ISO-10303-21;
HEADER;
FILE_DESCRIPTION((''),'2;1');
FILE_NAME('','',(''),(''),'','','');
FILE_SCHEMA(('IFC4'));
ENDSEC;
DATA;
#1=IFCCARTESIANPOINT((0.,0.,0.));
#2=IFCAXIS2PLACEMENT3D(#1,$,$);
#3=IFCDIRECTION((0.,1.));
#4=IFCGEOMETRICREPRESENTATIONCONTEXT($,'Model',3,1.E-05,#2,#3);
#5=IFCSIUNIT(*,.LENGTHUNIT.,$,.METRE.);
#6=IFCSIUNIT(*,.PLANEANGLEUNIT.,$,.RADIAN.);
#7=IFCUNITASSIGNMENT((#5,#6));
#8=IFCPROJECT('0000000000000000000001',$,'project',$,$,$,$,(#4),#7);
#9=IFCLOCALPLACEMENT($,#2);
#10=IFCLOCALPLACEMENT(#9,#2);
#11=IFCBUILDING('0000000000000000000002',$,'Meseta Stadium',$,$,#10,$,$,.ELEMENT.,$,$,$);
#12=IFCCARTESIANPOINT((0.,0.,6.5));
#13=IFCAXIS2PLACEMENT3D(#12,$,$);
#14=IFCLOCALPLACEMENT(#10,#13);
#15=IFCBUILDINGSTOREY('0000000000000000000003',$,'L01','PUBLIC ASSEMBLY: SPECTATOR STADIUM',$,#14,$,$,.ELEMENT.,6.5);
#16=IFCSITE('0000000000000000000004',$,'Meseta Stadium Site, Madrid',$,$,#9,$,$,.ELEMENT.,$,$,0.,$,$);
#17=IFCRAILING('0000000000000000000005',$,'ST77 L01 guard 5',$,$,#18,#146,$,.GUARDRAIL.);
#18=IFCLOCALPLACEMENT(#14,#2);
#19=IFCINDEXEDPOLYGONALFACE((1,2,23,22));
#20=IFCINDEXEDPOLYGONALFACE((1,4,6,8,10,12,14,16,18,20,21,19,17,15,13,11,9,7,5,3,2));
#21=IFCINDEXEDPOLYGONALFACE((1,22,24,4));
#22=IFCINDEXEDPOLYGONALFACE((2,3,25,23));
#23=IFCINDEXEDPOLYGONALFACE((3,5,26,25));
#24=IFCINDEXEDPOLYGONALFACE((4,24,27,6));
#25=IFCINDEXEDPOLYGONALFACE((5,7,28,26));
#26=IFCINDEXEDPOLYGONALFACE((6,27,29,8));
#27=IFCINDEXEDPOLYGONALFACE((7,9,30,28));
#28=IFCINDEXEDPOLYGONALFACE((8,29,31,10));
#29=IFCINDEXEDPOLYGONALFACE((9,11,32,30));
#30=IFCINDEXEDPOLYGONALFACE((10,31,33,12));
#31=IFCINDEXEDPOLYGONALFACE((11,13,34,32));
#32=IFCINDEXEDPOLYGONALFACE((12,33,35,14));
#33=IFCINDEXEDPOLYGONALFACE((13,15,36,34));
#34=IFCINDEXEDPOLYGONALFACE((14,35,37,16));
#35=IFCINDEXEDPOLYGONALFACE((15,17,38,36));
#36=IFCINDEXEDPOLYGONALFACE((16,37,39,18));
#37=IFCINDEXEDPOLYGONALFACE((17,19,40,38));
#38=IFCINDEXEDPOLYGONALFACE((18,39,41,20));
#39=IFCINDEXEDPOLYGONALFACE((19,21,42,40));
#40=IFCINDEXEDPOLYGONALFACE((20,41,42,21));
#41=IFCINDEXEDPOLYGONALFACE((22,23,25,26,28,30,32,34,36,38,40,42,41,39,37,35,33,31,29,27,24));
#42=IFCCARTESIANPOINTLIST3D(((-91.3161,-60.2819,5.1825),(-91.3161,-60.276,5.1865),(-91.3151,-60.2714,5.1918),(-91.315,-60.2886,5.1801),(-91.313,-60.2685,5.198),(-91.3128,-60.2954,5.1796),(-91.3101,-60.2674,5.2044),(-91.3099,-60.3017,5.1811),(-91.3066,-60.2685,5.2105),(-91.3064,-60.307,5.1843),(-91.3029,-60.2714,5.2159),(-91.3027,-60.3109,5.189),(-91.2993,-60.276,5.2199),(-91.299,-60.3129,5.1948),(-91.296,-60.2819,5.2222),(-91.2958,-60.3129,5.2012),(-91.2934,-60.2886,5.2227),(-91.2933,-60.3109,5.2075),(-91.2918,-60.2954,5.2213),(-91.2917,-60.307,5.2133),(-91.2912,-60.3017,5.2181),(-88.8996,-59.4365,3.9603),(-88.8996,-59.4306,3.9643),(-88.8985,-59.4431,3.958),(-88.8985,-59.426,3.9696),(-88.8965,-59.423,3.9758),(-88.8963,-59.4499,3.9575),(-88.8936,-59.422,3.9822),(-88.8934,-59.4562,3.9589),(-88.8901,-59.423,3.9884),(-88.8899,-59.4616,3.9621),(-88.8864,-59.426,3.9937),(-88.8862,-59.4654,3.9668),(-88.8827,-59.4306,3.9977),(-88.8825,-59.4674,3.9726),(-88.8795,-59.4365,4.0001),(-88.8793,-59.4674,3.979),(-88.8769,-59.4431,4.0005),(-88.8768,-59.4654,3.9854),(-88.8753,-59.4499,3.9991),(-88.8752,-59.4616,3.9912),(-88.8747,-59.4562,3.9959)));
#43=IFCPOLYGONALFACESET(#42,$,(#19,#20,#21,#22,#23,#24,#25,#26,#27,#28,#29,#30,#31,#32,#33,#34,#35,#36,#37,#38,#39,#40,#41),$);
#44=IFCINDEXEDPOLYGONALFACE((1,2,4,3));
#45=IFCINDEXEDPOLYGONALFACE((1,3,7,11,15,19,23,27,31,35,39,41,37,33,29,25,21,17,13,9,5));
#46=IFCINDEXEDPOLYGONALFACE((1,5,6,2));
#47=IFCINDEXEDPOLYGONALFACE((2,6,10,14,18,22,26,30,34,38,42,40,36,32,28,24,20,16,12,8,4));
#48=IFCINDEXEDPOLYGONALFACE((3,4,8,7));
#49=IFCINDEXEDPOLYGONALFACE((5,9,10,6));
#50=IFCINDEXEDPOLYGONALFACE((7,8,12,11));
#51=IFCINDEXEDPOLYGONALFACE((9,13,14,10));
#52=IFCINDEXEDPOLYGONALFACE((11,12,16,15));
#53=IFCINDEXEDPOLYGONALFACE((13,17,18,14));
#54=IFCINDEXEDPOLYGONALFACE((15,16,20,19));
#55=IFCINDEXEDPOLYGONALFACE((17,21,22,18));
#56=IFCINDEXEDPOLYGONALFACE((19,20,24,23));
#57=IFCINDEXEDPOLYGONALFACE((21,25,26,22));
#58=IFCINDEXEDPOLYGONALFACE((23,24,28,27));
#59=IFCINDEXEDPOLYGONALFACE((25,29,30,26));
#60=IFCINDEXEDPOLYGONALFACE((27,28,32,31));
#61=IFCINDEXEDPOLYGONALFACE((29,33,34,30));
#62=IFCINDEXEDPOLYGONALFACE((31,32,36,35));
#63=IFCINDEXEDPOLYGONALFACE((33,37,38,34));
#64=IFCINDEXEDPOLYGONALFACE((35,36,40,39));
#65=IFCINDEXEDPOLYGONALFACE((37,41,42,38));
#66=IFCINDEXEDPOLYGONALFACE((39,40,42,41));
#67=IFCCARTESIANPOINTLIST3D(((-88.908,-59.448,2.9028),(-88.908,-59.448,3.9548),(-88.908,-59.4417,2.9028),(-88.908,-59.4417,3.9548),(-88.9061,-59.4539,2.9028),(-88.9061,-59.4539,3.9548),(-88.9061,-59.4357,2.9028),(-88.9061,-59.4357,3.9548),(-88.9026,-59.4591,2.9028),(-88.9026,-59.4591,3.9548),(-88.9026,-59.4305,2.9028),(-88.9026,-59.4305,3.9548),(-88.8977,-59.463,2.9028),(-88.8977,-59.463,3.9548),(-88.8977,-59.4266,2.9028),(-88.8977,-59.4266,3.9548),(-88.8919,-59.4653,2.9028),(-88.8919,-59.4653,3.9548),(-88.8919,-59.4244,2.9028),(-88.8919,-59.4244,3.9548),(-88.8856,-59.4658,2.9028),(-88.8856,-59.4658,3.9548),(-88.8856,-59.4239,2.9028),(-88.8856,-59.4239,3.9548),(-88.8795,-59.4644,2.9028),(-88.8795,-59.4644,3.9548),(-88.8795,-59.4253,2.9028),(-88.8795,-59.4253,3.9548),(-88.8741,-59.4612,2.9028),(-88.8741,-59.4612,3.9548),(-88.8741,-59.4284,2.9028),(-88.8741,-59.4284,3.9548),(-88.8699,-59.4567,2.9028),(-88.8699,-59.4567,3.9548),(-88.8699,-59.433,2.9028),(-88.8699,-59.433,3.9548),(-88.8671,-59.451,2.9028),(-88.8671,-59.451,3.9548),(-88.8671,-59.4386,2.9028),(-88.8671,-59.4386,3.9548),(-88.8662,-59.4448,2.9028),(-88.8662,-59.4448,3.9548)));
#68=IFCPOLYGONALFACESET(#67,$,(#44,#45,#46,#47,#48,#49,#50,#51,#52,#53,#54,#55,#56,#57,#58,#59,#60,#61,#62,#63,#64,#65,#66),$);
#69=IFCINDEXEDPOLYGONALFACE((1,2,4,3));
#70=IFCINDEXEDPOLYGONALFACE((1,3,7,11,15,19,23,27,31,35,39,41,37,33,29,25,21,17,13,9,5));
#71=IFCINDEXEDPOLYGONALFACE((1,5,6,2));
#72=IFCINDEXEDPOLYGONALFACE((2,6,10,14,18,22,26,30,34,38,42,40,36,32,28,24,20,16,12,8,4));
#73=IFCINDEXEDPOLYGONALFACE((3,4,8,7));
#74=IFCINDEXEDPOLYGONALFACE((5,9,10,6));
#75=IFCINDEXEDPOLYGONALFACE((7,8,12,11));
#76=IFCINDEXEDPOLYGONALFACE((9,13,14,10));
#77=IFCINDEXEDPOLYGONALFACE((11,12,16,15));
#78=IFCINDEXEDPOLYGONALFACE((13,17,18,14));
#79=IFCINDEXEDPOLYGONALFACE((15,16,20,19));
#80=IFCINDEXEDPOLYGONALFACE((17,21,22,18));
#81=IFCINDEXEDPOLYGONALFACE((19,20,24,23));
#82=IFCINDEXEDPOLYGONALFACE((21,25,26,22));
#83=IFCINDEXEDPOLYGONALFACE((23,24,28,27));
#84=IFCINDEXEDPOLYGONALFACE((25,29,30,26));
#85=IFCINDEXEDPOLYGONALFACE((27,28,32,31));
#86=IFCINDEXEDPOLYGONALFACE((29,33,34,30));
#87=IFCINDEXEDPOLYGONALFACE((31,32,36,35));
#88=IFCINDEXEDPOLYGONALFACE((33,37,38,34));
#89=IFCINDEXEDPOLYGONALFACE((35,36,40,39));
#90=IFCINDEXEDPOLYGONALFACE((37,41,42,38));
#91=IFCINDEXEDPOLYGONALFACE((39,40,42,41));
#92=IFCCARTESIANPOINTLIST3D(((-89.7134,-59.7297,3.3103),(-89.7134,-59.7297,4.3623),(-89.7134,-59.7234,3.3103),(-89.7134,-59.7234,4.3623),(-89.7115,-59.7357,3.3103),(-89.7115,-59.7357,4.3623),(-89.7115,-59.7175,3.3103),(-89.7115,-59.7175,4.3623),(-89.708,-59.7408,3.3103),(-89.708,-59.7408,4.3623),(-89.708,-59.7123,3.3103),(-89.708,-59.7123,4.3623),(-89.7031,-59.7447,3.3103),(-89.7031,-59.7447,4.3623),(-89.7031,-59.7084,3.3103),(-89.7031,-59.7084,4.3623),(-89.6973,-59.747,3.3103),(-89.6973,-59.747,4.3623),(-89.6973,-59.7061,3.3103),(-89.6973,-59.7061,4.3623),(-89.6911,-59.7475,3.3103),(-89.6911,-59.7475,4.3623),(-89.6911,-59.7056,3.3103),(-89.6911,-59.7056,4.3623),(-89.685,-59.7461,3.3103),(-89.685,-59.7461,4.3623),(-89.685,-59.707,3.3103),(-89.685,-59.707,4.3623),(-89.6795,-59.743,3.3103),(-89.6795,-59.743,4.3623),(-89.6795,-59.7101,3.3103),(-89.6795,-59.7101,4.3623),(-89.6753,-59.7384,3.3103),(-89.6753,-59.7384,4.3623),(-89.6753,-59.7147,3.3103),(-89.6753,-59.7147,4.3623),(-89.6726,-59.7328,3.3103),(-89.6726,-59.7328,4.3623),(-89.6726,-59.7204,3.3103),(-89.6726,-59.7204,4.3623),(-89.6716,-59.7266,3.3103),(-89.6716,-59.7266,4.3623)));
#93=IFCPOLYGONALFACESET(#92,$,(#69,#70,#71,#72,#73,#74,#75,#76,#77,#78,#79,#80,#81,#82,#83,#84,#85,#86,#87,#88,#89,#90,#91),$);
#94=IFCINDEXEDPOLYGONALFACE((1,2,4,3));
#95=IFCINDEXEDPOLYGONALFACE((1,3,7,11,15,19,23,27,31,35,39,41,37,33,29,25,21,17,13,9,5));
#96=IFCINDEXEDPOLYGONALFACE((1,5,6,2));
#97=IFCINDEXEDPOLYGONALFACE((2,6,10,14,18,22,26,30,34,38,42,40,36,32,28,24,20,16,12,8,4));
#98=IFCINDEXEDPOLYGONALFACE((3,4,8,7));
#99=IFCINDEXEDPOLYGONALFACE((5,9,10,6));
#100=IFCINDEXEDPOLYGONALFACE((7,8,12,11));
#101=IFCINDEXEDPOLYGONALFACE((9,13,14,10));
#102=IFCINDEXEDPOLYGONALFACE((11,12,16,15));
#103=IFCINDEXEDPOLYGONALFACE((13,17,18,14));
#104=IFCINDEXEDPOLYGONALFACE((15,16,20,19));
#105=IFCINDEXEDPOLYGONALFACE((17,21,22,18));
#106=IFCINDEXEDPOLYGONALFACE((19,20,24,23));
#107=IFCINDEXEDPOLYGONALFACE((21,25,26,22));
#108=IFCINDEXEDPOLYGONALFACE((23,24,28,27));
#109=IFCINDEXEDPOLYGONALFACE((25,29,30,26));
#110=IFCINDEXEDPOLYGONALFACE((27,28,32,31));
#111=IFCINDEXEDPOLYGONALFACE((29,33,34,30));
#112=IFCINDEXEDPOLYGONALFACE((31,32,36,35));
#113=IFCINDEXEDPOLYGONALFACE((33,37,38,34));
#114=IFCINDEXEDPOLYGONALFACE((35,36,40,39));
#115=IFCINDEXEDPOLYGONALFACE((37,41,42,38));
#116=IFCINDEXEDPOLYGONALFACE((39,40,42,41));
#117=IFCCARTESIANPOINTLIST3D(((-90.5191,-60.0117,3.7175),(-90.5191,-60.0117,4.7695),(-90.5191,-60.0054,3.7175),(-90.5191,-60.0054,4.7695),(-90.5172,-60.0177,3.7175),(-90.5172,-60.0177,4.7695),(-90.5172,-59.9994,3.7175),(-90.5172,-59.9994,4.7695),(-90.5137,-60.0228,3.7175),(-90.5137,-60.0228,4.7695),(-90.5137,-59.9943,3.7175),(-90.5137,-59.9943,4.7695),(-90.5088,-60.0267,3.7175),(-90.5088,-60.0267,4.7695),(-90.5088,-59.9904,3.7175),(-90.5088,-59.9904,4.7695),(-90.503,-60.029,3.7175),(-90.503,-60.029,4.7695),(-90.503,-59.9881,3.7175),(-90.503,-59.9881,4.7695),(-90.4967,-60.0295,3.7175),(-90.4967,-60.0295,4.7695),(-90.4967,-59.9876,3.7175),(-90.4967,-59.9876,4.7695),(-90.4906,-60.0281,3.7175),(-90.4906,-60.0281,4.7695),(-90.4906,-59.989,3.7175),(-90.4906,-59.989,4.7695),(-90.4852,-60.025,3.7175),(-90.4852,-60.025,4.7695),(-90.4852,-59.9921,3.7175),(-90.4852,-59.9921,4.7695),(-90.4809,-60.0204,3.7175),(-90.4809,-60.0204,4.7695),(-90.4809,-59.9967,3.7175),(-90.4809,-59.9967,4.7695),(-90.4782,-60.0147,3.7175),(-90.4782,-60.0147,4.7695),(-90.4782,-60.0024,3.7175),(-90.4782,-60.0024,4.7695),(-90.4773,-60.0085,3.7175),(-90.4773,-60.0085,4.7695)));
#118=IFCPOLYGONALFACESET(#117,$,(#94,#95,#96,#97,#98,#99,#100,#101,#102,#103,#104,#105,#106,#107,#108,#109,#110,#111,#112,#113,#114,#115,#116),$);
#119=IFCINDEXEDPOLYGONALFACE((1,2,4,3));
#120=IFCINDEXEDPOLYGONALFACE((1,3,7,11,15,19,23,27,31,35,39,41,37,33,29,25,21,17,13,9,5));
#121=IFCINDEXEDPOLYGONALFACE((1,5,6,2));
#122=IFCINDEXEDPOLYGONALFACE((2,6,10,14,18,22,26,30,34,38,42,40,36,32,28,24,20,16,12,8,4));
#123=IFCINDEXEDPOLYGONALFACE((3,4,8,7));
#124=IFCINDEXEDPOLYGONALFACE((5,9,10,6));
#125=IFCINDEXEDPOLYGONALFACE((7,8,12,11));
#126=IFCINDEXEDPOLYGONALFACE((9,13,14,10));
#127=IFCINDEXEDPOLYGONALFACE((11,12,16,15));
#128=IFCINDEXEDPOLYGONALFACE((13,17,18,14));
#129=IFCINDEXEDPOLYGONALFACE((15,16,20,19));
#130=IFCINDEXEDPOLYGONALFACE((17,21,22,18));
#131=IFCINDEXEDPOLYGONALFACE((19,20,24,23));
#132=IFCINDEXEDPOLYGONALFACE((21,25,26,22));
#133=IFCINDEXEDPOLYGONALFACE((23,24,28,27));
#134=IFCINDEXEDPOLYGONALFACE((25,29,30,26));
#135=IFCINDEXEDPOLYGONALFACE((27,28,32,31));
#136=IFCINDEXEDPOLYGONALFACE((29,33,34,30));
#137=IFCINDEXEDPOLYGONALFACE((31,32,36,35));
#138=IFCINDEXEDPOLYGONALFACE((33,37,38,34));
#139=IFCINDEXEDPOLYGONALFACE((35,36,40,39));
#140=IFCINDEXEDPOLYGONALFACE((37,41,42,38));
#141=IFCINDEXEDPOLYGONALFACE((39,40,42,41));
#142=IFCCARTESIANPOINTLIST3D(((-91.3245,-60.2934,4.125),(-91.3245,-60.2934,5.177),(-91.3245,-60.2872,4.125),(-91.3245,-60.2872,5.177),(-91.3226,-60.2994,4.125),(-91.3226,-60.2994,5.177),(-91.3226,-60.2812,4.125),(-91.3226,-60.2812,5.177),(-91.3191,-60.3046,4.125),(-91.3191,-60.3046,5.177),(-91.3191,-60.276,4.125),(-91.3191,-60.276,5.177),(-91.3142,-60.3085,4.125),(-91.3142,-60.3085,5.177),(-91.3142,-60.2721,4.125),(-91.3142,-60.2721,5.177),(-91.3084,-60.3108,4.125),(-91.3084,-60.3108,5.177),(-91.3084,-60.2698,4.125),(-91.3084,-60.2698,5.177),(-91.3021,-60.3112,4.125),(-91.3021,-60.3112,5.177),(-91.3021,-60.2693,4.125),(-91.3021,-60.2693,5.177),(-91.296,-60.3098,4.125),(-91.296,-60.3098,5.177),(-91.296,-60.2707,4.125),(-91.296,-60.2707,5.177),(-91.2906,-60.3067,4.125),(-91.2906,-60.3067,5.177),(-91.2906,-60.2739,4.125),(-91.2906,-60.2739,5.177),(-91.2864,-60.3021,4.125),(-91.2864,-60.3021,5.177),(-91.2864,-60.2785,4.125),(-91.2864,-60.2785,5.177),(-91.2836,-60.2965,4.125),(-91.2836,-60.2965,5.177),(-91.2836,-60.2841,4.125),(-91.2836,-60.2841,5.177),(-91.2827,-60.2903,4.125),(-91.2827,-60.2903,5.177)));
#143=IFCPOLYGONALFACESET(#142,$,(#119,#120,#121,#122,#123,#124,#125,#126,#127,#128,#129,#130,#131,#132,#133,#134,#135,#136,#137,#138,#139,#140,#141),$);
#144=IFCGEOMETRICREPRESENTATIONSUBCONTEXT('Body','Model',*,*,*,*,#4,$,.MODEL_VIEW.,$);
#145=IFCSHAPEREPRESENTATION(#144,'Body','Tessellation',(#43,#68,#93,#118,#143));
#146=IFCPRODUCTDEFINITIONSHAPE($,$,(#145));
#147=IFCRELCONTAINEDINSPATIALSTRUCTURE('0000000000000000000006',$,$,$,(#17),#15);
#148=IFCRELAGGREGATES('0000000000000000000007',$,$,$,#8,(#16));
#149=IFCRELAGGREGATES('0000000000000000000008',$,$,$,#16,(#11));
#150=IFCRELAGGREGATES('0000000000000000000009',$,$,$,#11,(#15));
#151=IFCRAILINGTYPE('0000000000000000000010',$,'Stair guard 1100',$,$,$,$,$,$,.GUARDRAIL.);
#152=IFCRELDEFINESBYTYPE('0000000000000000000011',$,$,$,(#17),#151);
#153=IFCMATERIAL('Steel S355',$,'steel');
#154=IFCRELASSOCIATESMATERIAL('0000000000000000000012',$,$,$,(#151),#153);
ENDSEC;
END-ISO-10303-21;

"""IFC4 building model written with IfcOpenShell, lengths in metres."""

from ifc_helpers import new_model, si_unit, direction, frame, origin, origin_2d, place, context, subcontext, project, spatial, circle, extrude, material, type_object, element, save


model = new_model("IFC4")

# Units and contexts
model_context = context("Model", 3, precision=1e-05, world=origin(), true_north=direction((0.0, 1.0)))
body_context = subcontext(model_context, "Body", "Model", "MODEL_VIEW")
ifc_project = project(units=[si_unit("LENGTHUNIT", "METRE"), si_unit("PLANEANGLEUNIT", "RADIAN")], contexts=[model_context])

# Site, building, storey
site_placement = place(None, origin())
site = spatial("IfcSite", under=ifc_project, at=site_placement, Name="Meseta Stadium Site, Madrid", CompositionType="ELEMENT", RefElevation=0.0)
building_placement = place(site_placement, origin())
building = spatial("IfcBuilding", under=site, at=building_placement, Name="Meseta Stadium", CompositionType="ELEMENT")
storey_placement = place(building_placement, frame((0.0, 0.0, 6.5)))
storey = spatial("IfcBuildingStorey", under=building, at=storey_placement, Name="L01", Description="PUBLIC ASSEMBLY: SPECTATOR STADIUM", CompositionType="ELEMENT", Elevation=6.5)

# Railing
ifc_material_1 = material(Name="Steel S355", Category="steel")
railing_type_1 = type_object("IfcRailingType", Name="Stair guard 1100", PredefinedType="GUARDRAIL", material=ifc_material_1)
for number, where, name in (
    (1, (-88.8872, -59.4448, 2.9028), "ST77 L01 guard 5"),
):
    element("IfcRailing", number, at=place(storey_placement, frame(where)), inside=storey, type_object=railing_type_1, Name=name, PredefinedType="GUARDRAIL", context=body_context, shape_type="SweptSolid", body=[
        extrude(circle(Radius=0.0239, at=origin_2d()), frame((0.0, 0.0, 1.0762), z_axis=(-0.851812, -0.298022, 0.430811), x_axis=(0.33024, -0.943897, 0.0)), (0.0, 0.0, 1.0), 2.8369),
        extrude(circle(Radius=0.021, at=origin_2d()), origin(), (0.0, 0.0, 1.0), 1.052),
        extrude(circle(Radius=0.021, at=origin_2d()), frame((-0.8054, -0.2817, 0.4075)), (0.0, 0.0, 1.0), 1.052),
        extrude(circle(Radius=0.021, at=origin_2d()), frame((-1.6111, -0.5637, 0.8147)), (0.0, 0.0, 1.0), 1.052),
        extrude(circle(Radius=0.021, at=origin_2d()), frame((-2.4165, -0.8455, 1.2222)), (0.0, 0.0, 1.0), 1.052),
    ])

save(model, "model.ifc")
